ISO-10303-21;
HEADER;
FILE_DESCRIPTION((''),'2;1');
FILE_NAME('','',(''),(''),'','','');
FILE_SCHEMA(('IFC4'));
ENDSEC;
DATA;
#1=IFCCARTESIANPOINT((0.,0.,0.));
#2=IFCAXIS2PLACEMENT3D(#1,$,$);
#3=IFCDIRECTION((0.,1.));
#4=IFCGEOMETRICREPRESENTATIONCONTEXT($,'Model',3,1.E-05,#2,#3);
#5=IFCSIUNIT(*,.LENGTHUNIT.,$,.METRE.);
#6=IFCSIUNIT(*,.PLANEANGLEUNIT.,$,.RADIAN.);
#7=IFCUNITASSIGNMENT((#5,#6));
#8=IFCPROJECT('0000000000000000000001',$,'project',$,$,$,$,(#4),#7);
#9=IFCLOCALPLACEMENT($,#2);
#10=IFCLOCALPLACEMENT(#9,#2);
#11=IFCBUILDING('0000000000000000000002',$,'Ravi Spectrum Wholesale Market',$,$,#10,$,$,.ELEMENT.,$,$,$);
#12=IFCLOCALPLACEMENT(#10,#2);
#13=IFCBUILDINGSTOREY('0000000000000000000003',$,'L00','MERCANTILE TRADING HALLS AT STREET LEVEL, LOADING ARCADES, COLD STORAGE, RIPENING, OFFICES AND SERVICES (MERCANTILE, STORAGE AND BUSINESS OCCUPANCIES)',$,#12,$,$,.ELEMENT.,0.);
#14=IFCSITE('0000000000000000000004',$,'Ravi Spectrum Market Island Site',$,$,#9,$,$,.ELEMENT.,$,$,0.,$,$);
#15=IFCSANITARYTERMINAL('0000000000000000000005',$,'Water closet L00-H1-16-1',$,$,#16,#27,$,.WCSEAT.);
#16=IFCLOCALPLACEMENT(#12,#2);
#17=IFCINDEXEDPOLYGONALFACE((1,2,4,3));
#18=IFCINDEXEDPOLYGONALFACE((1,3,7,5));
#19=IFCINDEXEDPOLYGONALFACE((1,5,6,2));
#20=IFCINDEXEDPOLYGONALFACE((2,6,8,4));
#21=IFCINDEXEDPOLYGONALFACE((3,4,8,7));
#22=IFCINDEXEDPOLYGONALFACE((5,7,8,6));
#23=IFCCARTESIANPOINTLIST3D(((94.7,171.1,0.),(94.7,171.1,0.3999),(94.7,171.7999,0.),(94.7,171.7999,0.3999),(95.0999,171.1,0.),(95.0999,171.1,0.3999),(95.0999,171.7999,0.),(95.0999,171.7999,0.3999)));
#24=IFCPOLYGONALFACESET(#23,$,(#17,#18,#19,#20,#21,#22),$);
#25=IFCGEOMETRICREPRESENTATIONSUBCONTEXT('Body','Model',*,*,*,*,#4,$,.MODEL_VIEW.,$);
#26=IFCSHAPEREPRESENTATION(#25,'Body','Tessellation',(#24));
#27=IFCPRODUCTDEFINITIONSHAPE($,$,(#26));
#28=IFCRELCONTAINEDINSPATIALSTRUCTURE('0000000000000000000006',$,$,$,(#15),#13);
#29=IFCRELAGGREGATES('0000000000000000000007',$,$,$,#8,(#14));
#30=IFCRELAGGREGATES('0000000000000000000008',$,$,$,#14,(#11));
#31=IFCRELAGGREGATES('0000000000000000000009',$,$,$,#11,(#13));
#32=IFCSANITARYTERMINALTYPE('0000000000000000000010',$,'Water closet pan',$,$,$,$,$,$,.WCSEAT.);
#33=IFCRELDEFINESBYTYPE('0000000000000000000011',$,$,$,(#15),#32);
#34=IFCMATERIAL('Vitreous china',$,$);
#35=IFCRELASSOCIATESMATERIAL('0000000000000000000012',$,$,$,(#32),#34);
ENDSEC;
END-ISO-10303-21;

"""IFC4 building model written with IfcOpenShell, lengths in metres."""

from ifc_helpers import new_model, si_unit, direction, frame, origin, origin_2d, place, context, subcontext, project, spatial, rectangle, extrude, material, type_object, element, save


model = new_model("IFC4")

# Units and contexts
model_context = context("Model", 3, precision=1e-05, world=origin(), true_north=direction((0.0, 1.0)))
body_context = subcontext(model_context, "Body", "Model", "MODEL_VIEW")
ifc_project = project(units=[si_unit("LENGTHUNIT", "METRE"), si_unit("PLANEANGLEUNIT", "RADIAN")], contexts=[model_context])

# Site, building, storey
site_placement = place(None, origin())
site = spatial("IfcSite", under=ifc_project, at=site_placement, Name="Ravi Spectrum Market Island Site", CompositionType="ELEMENT", RefElevation=0.0)
building_placement = place(site_placement, origin())
building = spatial("IfcBuilding", under=site, at=building_placement, Name="Ravi Spectrum Wholesale Market", CompositionType="ELEMENT")
storey_placement = place(building_placement, origin())
storey = spatial("IfcBuildingStorey", under=building, at=storey_placement, Name="L00", Description="MERCANTILE TRADING HALLS AT STREET LEVEL, LOADING ARCADES, COLD STORAGE, RIPENING, OFFICES AND SERVICES (MERCANTILE, STORAGE AND BUSINESS OCCUPANCIES)", CompositionType="ELEMENT", Elevation=0.0)

# Sanitary terminal
ifc_material_1 = material(Name="Vitreous china")
sanitary_terminal_type_1 = type_object("IfcSanitaryTerminalType", Name="Water closet pan", PredefinedType="WCSEAT", material=ifc_material_1)
for number, where, z_axis, x_axis, name in (
    (1, (94.8999, 171.45, 0.0), (0.0, 0.0, 1.0), (1.0, 0.0, 0.0), "Water closet L00-H1-16-1"),
):
    element("IfcSanitaryTerminal", number, at=place(storey_placement, frame(where, z_axis=z_axis, x_axis=x_axis)), inside=storey, type_object=sanitary_terminal_type_1, Name=name, PredefinedType="WCSEAT", context=body_context, shape_type="SweptSolid", body=[
        extrude(rectangle(XDim=0.3999, YDim=0.7, at=origin_2d()), origin(), (0.0, 0.0, 1.0), 0.3999),
    ])

save(model, "model.ifc")
